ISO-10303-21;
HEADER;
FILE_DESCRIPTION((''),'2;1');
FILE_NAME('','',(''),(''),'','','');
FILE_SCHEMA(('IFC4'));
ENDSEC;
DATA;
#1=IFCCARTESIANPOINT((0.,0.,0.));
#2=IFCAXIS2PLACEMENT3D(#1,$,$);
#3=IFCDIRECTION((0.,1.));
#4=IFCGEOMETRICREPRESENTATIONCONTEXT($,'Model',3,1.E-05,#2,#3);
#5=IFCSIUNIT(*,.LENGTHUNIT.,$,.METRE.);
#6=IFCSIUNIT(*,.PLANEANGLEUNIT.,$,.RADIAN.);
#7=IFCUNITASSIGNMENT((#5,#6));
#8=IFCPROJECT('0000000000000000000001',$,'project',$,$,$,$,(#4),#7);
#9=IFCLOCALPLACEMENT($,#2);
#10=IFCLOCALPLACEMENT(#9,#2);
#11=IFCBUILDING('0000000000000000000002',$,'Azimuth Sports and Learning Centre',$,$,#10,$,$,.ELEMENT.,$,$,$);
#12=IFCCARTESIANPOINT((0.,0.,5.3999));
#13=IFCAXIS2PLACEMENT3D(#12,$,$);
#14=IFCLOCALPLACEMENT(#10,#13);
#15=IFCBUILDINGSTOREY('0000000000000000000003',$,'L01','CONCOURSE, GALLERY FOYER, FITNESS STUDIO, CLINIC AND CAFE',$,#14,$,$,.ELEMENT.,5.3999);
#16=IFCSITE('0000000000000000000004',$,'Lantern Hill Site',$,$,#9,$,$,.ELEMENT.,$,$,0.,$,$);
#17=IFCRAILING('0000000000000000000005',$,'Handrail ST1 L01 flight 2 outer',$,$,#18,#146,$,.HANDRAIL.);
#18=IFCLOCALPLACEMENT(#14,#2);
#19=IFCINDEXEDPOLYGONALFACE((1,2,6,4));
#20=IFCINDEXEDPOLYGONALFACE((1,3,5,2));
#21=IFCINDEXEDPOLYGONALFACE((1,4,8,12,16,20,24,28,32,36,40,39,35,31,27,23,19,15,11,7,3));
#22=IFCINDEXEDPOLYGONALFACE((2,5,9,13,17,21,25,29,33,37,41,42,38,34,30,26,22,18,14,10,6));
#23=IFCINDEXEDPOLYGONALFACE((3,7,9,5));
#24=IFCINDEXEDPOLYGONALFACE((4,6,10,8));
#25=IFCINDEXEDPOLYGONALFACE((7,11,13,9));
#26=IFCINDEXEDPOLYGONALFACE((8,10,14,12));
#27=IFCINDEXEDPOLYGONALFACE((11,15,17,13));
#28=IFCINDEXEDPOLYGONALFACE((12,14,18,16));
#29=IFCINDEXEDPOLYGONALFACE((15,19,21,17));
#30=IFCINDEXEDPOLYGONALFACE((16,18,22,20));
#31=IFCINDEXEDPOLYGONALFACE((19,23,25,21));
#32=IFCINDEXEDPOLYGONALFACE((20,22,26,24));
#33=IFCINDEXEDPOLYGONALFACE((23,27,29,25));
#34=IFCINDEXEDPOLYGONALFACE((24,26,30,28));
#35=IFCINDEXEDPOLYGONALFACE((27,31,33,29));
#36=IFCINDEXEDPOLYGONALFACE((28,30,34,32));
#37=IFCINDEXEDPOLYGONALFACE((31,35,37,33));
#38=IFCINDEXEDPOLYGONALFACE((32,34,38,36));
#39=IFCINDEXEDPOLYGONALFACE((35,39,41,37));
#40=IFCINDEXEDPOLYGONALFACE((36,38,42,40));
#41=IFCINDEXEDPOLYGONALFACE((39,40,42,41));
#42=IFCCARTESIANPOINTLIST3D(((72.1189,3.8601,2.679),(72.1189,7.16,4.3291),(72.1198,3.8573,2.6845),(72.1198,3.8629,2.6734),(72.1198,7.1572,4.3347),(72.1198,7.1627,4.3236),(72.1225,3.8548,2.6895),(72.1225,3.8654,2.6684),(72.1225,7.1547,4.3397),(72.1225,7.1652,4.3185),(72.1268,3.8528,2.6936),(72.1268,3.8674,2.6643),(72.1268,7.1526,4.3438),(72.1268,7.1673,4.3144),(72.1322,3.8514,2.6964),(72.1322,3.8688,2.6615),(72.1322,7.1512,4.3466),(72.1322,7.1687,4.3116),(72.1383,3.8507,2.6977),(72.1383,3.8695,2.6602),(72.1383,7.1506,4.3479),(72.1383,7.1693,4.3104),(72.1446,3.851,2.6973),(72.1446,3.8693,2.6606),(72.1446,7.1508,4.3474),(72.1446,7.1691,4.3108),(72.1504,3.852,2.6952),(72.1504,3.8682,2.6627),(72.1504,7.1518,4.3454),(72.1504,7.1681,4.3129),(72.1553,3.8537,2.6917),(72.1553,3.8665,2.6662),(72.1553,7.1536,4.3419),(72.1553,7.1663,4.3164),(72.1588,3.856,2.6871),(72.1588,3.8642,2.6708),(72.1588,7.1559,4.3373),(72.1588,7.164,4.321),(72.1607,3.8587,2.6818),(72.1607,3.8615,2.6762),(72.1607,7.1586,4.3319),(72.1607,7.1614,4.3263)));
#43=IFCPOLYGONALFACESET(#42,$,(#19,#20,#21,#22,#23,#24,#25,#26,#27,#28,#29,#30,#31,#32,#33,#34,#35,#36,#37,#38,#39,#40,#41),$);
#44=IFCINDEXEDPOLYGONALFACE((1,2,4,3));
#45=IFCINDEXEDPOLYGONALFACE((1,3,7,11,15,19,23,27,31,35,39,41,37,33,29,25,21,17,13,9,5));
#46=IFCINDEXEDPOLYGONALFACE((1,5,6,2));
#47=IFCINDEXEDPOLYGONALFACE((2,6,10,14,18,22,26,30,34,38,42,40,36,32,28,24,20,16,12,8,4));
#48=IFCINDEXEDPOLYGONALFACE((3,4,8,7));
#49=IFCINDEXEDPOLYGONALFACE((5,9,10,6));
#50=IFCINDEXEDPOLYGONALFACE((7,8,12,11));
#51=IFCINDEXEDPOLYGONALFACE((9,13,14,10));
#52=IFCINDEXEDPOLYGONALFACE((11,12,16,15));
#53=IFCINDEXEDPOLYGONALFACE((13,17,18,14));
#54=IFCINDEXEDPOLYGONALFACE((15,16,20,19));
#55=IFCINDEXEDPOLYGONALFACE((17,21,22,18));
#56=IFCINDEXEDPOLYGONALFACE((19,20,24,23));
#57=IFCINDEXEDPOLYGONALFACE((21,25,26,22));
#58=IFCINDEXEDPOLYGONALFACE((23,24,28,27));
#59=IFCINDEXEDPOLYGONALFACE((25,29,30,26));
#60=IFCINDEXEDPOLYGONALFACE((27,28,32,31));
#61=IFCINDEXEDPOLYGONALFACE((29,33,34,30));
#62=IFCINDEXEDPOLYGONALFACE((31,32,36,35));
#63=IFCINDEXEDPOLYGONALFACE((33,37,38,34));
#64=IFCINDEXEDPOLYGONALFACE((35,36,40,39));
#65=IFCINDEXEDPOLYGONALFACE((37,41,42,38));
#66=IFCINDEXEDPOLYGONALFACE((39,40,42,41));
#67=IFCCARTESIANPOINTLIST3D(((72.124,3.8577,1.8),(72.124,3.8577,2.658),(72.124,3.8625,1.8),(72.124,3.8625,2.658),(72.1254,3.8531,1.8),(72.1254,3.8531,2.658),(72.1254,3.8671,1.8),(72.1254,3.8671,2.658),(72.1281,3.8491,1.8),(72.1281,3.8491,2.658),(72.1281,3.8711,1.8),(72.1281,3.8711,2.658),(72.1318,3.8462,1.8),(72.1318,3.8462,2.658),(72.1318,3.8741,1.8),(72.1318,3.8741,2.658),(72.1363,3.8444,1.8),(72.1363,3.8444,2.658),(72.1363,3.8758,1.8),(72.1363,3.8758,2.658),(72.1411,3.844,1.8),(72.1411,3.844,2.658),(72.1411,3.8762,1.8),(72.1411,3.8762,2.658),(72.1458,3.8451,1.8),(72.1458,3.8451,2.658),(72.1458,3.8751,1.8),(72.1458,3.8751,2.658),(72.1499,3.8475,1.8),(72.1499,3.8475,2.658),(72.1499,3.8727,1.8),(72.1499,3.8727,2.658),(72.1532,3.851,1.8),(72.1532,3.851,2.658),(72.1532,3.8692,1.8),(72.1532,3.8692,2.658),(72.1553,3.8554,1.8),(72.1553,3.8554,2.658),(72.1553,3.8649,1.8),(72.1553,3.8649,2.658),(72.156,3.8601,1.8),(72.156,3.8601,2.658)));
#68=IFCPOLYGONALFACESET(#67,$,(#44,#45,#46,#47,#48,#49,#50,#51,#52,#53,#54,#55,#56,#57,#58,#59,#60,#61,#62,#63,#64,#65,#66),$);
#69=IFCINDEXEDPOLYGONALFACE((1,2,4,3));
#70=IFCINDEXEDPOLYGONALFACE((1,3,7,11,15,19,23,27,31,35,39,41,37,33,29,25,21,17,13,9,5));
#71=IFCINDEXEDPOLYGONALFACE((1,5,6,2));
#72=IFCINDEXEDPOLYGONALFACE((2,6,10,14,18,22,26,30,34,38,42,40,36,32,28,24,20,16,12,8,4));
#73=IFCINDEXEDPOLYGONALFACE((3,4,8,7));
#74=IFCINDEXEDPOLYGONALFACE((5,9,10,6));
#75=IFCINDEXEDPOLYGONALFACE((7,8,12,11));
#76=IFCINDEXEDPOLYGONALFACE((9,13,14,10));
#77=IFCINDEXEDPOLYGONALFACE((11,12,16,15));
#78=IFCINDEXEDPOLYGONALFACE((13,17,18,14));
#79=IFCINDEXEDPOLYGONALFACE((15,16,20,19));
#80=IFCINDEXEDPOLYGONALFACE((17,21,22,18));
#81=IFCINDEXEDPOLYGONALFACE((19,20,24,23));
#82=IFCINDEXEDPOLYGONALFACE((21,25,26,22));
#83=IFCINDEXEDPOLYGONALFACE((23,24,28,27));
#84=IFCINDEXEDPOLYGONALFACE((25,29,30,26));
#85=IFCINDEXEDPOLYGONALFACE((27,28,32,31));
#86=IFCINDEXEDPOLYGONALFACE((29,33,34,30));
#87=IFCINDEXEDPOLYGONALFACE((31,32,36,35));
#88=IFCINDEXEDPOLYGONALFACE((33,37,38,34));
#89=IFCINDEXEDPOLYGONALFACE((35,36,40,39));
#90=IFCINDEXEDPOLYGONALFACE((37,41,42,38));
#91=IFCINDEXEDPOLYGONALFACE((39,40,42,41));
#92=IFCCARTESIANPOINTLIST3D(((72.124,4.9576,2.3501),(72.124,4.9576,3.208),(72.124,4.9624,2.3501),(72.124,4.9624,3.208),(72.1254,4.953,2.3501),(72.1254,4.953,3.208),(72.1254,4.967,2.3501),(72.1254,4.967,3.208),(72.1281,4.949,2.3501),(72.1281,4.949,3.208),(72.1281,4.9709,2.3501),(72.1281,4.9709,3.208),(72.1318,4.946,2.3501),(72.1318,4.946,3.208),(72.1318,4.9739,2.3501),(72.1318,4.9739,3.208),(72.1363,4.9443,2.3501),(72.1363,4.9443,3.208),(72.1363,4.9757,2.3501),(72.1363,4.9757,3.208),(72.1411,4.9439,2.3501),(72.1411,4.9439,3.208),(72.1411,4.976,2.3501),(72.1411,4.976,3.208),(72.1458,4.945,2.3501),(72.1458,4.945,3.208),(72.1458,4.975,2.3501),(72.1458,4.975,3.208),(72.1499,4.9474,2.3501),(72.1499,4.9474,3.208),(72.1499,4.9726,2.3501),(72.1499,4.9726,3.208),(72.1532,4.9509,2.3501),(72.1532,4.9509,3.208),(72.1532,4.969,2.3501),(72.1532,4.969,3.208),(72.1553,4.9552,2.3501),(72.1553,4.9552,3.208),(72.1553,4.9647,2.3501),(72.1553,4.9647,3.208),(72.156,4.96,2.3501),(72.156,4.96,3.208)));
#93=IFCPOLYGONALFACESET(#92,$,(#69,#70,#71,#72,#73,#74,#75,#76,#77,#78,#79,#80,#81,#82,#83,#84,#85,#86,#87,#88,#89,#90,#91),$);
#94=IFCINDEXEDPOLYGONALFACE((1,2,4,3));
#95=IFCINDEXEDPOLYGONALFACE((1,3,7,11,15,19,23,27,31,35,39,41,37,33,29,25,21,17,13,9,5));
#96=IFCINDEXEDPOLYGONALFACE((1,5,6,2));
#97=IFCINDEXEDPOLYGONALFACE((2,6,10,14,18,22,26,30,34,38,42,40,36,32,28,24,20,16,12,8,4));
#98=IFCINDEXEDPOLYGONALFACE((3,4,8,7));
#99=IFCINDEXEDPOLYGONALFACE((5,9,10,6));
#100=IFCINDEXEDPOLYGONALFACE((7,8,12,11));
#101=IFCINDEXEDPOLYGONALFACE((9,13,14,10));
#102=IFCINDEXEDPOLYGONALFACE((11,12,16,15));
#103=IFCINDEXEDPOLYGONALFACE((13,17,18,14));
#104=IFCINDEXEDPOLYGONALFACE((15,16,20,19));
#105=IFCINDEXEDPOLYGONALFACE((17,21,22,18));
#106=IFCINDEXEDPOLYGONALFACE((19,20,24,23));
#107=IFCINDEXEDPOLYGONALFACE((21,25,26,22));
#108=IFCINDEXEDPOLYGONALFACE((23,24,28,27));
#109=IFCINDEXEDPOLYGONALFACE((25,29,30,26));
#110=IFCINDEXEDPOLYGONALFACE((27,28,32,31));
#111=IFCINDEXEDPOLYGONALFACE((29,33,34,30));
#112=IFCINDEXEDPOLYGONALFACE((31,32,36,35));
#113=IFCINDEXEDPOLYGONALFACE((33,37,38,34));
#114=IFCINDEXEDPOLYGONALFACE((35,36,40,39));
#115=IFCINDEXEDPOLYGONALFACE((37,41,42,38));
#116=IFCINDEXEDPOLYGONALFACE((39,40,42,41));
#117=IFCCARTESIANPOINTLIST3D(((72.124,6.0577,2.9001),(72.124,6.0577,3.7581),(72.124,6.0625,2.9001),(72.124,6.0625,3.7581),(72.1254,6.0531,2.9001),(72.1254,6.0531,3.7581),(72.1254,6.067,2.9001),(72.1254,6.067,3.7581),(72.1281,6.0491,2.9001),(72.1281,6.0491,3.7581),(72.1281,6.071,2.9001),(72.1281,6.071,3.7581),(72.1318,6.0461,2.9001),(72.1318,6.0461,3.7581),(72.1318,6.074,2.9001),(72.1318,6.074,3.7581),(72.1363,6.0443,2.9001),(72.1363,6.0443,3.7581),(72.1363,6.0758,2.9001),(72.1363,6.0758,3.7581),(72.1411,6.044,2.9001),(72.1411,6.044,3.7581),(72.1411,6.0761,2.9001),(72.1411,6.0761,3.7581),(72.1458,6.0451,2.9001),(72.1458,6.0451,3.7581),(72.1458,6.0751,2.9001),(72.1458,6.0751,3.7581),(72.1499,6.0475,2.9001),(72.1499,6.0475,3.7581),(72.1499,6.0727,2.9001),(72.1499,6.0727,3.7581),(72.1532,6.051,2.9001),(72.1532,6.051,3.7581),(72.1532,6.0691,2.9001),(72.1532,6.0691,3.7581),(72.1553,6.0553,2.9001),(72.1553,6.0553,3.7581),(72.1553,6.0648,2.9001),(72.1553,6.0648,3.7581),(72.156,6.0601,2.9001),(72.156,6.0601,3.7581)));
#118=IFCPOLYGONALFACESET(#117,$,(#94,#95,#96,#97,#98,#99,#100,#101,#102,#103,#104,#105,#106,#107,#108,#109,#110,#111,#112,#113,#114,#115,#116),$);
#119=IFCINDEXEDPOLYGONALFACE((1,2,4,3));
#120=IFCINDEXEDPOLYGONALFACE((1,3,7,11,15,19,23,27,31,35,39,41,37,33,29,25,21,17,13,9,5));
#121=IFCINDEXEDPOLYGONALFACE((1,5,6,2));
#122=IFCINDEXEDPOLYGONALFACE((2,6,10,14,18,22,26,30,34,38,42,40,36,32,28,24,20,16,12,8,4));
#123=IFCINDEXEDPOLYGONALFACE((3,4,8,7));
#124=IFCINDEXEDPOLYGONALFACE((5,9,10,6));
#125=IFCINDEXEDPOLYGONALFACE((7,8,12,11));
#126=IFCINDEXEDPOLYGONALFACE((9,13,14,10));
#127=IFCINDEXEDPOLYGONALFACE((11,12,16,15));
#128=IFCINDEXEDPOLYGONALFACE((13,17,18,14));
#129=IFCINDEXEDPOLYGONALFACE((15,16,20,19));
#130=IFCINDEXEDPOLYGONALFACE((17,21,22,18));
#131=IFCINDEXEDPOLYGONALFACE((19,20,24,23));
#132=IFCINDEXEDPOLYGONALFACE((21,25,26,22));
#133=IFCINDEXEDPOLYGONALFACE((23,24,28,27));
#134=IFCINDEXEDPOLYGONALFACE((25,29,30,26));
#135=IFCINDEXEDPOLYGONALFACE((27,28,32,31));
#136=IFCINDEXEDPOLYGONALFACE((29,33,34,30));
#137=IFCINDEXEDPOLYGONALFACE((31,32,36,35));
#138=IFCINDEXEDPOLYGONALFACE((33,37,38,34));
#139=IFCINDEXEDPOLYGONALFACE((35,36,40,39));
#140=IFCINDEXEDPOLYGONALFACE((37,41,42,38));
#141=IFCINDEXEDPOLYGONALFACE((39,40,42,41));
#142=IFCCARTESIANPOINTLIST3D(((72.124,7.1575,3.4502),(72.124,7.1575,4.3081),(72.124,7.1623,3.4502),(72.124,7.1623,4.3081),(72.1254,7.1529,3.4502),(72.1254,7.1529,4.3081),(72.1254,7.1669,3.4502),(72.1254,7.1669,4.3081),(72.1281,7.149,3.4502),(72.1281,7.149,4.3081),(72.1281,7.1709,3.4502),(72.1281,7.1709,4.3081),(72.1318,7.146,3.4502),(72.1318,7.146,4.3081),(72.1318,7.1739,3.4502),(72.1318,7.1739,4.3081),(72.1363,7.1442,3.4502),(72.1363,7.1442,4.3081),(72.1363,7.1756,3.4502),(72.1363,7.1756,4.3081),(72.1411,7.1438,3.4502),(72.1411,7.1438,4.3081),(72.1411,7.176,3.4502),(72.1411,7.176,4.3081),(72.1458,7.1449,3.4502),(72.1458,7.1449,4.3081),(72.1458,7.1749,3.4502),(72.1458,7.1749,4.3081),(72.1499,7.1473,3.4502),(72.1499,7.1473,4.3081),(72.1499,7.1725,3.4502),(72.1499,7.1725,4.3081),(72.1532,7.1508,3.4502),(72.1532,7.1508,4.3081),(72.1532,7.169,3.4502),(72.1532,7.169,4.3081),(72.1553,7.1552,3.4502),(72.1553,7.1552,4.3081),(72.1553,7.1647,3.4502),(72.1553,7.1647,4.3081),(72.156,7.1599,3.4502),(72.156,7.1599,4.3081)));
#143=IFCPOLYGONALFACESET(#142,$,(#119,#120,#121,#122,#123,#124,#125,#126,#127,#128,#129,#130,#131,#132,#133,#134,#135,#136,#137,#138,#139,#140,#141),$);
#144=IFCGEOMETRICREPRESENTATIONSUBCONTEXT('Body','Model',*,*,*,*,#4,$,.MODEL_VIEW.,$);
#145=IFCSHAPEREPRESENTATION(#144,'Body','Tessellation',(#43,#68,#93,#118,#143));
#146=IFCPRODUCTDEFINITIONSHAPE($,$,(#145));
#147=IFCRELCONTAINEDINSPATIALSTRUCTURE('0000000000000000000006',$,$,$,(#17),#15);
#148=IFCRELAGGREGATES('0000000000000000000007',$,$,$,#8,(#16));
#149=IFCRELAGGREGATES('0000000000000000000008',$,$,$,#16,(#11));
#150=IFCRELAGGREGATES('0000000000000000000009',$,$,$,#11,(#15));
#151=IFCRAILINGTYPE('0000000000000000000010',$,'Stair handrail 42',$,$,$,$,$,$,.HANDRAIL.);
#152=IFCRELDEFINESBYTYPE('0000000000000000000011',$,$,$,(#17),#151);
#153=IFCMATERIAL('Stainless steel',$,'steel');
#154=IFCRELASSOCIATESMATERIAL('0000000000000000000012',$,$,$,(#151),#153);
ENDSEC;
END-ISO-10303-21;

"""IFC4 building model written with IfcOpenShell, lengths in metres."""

from ifc_helpers import new_model, si_unit, direction, frame, origin, origin_2d, place, context, subcontext, project, spatial, circle, extrude, material, type_object, element, save


model = new_model("IFC4")

# Units and contexts
model_context = context("Model", 3, precision=1e-05, world=origin(), true_north=direction((0.0, 1.0)))
body_context = subcontext(model_context, "Body", "Model", "MODEL_VIEW")
ifc_project = project(units=[si_unit("LENGTHUNIT", "METRE"), si_unit("PLANEANGLEUNIT", "RADIAN")], contexts=[model_context])

# Site, building, storey
site_placement = place(None, origin())
site = spatial("IfcSite", under=ifc_project, at=site_placement, Name="Lantern Hill Site", CompositionType="ELEMENT", RefElevation=0.0)
building_placement = place(site_placement, origin())
building = spatial("IfcBuilding", under=site, at=building_placement, Name="Azimuth Sports and Learning Centre", CompositionType="ELEMENT")
storey_placement = place(building_placement, frame((0.0, 0.0, 5.3999)))
storey = spatial("IfcBuildingStorey", under=building, at=storey_placement, Name="L01", Description="CONCOURSE, GALLERY FOYER, FITNESS STUDIO, CLINIC AND CAFE", CompositionType="ELEMENT", Elevation=5.3999)

# Railing
ifc_material_1 = material(Name="Stainless steel", Category="steel")
railing_type_1 = type_object("IfcRailingType", Name="Stair handrail 42", PredefinedType="HANDRAIL", material=ifc_material_1)
for number, where, name in (
    (1, (72.1399, 3.8601, 1.8), "Handrail ST1 L01 flight 2 outer"),
):
    element("IfcRailing", number, at=place(storey_placement, frame(where)), inside=storey, type_object=railing_type_1, Name=name, PredefinedType="HANDRAIL", context=body_context, shape_type="SweptSolid", body=[
        extrude(circle(Radius=0.021, at=origin_2d()), frame((0.0, 0.0, 0.8789), z_axis=(0.0, 0.894401, 0.447267), x_axis=(-1.0, 0.0, 0.0)), (0.0, 0.0, 1.0), 3.6895),
        extrude(circle(Radius=0.0161, at=origin_2d()), origin(), (0.0, 0.0, 1.0), 0.8579),
        extrude(circle(Radius=0.0161, at=origin_2d()), frame((0.0, 1.0999, 0.55)), (0.0, 0.0, 1.0), 0.8579),
        extrude(circle(Radius=0.0161, at=origin_2d()), frame((0.0, 2.2, 1.1001)), (0.0, 0.0, 1.0), 0.8579),
        extrude(circle(Radius=0.0161, at=origin_2d()), frame((0.0, 3.2998, 1.6501)), (0.0, 0.0, 1.0), 0.8579),
    ])

save(model, "model.ifc")
